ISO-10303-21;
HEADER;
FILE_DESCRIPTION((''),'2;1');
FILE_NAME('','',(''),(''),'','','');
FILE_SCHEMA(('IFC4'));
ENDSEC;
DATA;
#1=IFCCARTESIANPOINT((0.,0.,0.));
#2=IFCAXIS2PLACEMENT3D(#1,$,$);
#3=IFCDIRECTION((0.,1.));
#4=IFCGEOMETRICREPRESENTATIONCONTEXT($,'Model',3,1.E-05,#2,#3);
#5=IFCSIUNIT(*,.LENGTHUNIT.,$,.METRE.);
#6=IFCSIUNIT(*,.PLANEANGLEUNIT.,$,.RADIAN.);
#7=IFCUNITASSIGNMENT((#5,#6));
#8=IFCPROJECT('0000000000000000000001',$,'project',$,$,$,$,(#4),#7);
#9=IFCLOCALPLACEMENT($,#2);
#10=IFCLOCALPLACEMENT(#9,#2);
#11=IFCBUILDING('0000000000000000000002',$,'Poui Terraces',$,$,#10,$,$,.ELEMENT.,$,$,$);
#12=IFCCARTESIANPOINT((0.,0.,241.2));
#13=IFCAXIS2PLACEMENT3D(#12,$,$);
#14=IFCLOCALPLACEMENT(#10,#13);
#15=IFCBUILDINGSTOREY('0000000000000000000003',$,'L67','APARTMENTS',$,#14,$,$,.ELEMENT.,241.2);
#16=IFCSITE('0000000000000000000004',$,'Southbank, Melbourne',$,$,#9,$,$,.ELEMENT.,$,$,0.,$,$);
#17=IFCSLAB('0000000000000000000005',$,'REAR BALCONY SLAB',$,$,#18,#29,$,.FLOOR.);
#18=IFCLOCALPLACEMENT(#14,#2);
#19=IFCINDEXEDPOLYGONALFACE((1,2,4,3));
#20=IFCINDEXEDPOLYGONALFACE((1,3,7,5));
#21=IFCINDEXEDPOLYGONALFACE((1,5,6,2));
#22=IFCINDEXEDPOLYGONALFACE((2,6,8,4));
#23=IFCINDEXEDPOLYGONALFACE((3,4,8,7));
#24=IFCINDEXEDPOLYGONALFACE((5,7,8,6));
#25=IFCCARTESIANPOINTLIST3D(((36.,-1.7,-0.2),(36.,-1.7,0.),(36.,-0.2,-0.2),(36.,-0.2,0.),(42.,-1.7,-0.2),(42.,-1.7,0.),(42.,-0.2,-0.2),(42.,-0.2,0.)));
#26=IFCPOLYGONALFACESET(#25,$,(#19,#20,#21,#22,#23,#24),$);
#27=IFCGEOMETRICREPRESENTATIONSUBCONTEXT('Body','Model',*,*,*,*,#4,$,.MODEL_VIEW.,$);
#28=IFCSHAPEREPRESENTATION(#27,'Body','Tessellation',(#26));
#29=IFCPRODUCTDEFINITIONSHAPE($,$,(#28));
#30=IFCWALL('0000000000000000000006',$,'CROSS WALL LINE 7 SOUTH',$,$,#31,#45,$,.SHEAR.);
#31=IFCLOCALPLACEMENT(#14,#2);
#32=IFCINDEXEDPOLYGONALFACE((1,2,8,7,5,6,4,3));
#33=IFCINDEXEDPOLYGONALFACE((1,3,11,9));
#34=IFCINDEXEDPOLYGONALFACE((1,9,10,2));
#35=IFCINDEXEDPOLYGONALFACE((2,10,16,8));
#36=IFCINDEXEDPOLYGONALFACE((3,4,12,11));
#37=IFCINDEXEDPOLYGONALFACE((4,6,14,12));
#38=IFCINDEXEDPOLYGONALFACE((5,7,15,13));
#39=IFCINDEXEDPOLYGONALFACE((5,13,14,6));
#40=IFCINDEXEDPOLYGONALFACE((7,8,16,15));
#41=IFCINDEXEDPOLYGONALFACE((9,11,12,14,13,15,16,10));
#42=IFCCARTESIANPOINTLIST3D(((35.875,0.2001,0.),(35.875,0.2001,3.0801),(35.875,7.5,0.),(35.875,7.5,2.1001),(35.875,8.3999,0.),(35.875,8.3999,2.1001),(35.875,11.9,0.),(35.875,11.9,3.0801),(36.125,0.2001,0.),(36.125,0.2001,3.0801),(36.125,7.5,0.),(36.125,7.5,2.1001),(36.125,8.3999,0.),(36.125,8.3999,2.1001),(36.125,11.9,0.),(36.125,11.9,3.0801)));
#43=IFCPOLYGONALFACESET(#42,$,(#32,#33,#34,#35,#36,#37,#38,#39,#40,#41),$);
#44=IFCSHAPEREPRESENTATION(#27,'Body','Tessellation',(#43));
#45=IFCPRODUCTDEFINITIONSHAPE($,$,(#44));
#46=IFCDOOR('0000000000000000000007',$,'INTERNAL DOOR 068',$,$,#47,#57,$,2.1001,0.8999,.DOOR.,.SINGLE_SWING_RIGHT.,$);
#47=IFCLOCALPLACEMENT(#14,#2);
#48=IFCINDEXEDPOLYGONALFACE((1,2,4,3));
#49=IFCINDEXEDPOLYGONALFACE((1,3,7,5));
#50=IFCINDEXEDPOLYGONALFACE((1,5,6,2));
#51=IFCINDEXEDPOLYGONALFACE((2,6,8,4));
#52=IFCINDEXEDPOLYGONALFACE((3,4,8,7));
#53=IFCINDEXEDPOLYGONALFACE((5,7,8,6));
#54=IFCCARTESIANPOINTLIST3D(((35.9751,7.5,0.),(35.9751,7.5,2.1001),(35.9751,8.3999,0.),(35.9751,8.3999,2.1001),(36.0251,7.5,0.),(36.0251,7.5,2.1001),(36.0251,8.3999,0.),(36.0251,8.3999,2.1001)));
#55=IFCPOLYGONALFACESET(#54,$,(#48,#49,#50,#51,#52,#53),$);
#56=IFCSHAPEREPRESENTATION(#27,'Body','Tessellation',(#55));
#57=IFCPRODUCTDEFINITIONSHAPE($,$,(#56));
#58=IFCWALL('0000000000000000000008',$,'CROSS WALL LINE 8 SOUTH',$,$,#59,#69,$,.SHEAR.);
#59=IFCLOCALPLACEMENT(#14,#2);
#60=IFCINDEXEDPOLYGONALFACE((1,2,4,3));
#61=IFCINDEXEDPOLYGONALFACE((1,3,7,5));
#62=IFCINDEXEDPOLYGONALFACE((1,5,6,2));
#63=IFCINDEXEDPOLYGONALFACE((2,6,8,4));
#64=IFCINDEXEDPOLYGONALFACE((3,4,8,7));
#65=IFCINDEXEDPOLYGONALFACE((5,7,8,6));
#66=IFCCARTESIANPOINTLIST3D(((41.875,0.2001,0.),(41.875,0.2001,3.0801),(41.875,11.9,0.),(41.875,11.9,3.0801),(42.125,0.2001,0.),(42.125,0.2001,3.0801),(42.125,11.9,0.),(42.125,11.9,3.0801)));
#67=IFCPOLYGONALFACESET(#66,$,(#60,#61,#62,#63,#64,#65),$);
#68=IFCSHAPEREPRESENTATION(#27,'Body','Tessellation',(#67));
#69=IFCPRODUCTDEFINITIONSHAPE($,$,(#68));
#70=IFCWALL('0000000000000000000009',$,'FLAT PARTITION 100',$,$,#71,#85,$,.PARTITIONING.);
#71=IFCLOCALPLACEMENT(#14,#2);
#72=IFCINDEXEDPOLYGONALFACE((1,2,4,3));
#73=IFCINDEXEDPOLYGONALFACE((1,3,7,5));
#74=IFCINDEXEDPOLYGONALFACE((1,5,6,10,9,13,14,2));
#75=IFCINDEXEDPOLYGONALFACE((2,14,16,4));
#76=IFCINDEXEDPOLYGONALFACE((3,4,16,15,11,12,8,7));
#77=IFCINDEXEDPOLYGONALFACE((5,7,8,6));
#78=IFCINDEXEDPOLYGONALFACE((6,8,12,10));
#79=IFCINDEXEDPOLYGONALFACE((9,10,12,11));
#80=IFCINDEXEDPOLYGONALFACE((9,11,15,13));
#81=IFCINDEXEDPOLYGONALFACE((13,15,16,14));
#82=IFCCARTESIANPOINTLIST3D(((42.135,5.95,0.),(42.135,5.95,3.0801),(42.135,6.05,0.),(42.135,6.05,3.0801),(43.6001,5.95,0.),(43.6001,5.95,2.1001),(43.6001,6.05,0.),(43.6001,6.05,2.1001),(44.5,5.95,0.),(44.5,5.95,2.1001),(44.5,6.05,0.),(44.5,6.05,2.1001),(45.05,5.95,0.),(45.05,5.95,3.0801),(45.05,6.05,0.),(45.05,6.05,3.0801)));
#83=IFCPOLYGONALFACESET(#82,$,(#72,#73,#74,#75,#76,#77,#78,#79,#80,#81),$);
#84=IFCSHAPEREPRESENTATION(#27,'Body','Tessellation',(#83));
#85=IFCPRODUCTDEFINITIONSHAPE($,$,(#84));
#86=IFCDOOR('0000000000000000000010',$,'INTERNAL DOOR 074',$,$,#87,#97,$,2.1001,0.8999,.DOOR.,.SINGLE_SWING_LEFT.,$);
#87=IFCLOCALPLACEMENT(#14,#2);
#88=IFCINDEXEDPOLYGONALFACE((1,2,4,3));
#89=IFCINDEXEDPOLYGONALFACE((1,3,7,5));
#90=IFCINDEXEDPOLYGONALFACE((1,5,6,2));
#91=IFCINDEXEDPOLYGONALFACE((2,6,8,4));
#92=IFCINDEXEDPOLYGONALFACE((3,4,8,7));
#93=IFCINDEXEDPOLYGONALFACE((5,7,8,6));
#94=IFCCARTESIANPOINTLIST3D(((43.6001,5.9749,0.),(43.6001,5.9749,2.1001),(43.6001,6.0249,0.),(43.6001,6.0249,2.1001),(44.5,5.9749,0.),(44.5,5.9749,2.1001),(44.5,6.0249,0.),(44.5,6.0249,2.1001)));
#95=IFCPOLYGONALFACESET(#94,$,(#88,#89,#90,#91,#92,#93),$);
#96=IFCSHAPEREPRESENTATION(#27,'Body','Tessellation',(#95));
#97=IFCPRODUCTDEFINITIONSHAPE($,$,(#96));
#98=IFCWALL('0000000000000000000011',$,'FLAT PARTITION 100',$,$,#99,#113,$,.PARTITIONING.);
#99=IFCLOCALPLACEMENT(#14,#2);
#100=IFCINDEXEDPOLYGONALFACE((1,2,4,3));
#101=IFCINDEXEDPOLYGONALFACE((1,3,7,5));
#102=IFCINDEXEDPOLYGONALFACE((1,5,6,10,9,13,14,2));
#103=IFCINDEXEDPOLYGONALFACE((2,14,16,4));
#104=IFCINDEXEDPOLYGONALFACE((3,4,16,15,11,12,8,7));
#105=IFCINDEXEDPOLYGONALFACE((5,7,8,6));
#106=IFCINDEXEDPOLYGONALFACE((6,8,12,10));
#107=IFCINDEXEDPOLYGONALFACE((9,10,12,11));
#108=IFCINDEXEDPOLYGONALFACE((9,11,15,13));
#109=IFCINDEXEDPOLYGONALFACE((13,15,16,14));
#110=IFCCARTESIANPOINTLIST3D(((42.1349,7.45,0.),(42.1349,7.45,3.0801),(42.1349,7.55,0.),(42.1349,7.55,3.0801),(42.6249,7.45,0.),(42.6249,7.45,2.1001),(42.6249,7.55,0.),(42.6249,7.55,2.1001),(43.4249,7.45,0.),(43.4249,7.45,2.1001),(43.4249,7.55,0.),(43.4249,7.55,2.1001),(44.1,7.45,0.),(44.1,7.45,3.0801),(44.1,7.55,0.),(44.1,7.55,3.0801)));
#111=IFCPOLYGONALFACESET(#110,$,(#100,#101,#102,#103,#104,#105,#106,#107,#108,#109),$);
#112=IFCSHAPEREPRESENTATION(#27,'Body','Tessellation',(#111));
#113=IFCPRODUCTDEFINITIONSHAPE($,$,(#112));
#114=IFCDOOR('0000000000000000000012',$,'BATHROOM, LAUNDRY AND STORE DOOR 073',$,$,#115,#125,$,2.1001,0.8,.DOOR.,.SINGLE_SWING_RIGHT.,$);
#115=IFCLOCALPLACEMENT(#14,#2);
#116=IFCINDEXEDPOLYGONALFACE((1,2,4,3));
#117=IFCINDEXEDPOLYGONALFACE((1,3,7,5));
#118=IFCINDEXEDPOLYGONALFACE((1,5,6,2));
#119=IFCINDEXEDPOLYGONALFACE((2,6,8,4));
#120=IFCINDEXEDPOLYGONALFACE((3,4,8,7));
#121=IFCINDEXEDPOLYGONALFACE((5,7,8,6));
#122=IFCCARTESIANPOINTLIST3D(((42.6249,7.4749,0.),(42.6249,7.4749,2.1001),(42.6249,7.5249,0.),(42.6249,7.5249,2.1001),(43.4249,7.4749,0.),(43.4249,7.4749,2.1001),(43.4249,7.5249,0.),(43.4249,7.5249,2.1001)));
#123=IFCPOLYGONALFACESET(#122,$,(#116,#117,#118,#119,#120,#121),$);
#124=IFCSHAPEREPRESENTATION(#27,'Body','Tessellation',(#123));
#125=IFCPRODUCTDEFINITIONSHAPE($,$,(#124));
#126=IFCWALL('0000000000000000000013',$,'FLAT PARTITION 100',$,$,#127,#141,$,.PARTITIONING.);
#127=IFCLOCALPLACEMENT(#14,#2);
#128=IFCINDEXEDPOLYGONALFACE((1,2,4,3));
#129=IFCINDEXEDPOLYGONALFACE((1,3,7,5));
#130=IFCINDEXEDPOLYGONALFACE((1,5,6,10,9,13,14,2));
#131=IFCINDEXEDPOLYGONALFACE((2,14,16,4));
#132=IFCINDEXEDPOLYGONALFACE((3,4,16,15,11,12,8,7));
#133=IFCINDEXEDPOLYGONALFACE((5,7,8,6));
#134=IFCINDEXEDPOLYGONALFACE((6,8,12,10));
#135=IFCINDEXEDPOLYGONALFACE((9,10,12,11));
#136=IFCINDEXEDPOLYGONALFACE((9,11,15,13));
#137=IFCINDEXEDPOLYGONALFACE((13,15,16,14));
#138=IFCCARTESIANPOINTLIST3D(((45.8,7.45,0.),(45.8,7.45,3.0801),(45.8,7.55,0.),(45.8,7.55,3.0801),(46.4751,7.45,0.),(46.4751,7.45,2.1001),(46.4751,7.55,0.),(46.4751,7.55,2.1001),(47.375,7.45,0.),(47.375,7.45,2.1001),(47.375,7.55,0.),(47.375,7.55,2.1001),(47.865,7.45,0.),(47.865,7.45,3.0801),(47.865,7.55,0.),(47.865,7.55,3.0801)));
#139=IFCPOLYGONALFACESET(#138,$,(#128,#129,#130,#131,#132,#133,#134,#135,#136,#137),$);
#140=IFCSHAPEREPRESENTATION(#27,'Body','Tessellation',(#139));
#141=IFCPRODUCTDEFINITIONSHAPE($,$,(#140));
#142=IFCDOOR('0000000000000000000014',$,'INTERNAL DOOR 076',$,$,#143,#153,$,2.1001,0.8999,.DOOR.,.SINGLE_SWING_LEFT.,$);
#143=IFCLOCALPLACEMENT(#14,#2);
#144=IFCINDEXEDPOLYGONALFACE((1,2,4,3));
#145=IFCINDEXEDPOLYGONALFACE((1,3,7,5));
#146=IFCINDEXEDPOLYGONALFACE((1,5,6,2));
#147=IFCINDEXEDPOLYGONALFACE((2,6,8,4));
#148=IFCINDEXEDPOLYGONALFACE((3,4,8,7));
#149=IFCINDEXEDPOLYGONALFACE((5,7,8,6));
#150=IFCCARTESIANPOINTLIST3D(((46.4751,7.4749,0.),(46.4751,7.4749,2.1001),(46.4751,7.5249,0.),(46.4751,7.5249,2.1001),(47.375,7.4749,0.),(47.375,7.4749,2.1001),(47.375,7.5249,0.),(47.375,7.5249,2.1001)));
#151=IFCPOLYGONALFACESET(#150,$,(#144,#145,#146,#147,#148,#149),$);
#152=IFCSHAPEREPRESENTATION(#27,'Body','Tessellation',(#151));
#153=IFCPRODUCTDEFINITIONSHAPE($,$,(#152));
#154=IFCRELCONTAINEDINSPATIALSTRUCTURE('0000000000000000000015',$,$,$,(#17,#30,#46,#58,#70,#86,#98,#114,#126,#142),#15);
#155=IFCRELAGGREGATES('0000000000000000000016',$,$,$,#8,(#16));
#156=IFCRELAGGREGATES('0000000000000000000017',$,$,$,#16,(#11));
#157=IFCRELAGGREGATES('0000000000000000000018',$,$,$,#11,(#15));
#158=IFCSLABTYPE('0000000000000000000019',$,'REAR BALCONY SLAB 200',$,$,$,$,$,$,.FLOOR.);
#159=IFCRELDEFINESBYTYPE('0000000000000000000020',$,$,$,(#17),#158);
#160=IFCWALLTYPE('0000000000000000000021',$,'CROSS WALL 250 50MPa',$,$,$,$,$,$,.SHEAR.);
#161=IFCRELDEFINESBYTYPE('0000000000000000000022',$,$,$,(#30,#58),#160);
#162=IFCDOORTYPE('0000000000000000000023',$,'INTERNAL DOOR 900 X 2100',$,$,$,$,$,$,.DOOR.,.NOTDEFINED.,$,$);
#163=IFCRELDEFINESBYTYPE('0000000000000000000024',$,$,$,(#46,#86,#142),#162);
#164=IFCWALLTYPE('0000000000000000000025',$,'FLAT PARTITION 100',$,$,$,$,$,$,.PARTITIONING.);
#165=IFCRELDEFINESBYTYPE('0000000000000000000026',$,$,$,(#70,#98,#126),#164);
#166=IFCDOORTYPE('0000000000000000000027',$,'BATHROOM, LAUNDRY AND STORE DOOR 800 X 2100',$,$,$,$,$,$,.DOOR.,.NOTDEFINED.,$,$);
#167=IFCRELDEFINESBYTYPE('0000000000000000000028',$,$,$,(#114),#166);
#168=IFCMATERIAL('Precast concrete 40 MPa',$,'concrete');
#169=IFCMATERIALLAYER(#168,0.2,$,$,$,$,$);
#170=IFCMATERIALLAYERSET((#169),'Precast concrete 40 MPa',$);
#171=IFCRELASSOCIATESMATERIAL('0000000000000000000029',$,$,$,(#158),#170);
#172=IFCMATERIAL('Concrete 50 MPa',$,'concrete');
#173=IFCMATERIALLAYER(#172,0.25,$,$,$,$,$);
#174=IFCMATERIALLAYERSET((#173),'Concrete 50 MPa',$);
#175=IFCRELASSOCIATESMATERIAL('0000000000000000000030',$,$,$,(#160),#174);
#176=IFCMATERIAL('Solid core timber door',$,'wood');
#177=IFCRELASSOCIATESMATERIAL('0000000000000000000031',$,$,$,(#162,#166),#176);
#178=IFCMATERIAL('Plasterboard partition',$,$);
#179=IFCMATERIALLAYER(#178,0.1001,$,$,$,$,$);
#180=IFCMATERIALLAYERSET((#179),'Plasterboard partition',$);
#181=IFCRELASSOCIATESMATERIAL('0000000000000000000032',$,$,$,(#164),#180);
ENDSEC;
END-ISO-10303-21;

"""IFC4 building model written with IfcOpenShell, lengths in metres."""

from ifc_helpers import new_model, si_unit, direction, frame, frame_2d, origin, place, context, subcontext, project, spatial, polyline, rectangle, outline, extrude, source, transform, mapped, material, layer, layer_set, type_object, element, fill, save


model = new_model("IFC4")

# Units and contexts
model_context = context("Model", 3, precision=1e-05, world=origin(), true_north=direction((0.0, 1.0)))
body_context = subcontext(model_context, "Body", "Model", "MODEL_VIEW")
ifc_project = project(units=[si_unit("LENGTHUNIT", "METRE"), si_unit("PLANEANGLEUNIT", "RADIAN")], contexts=[model_context])

# Site, building, storey
site_placement = place(None, origin())
site = spatial("IfcSite", under=ifc_project, at=site_placement, Name="Southbank, Melbourne", CompositionType="ELEMENT", RefElevation=0.0)
building_placement = place(site_placement, origin())
building = spatial("IfcBuilding", under=site, at=building_placement, Name="Poui Terraces", CompositionType="ELEMENT")
storey_placement = place(building_placement, frame((0.0, 0.0, 241.2)))
storey = spatial("IfcBuildingStorey", under=building, at=storey_placement, Name="L67", Description="APARTMENTS", CompositionType="ELEMENT", Elevation=241.2)

# Slab
ifc_material_1 = material(Name="Precast concrete 40 MPa", Category="concrete")
ifc_layer_1 = layer(ifc_material_1, 0.2)
ifc_layer_set_1 = layer_set([ifc_layer_1], Name="Precast concrete 40 MPa")
slab_type = type_object("IfcSlabType", Name="REAR BALCONY SLAB 200", PredefinedType="FLOOR", material=ifc_layer_set_1)
shared_shape_1 = source(origin(), body_context, "Body", "SweptSolid", [
    extrude(outline(polyline([(0.0, 0.0), (6.0, 0.0), (6.0, 1.5), (0.0, 1.5), (0.0, 0.0)])), origin(), (0.0, 0.0, 1.0), 0.2),
])
slab_placement = place(storey_placement, frame((36.0, -1.7, -0.2)))
element("IfcSlab", 1, at=slab_placement, inside=storey, type_object=slab_type, Name="REAR BALCONY SLAB", PredefinedType="FLOOR", context=body_context, shape_type="MappedRepresentation", body=[
    mapped(shared_shape_1, transform((0.0, 0.0, 0.0))),
])

# Wall, opening, door
ifc_material_2 = material(Name="Concrete 50 MPa", Category="concrete")
ifc_layer_2 = layer(ifc_material_2, 0.25)
ifc_layer_set_2 = layer_set([ifc_layer_2], Name="Concrete 50 MPa")
wall_type_1 = type_object("IfcWallType", Name="CROSS WALL 250 50MPa", PredefinedType="SHEAR", material=ifc_layer_set_2)
wall_1_placement = place(storey_placement, frame((36.0, 0.2, 0.0), z_axis=(0.0, 0.0, 1.0), x_axis=(0.0, 1.0, 0.0)))
wall_1 = element("IfcWall", 2, at=wall_1_placement, inside=storey, type_object=wall_type_1, Name="CROSS WALL LINE 7 SOUTH", PredefinedType="SHEAR", context=body_context, shape_type="SweptSolid", body=[
    extrude(rectangle(XDim=11.7, YDim=0.25, at=frame_2d((5.8501, 0.0))), origin(), (0.0, 0.0, 1.0), 3.0801),
])
opening_1_placement = place(wall_1_placement, frame((7.3, 0.0, 0.0)))
opening_1 = element("IfcOpeningElement", 3, at=opening_1_placement, cuts=wall_1, PredefinedType="OPENING", context=body_context, shape_type="SweptSolid", body=[
    extrude(rectangle(XDim=0.8999, YDim=2.1001, at=frame_2d((0.45, 1.05))), frame((0.0, 0.135, 0.0), z_axis=(0.0, -1.0, 0.0), x_axis=(1.0, 0.0, 0.0)), (0.0, 0.0, 1.0), 0.27),
])
ifc_material_3 = material(Name="Solid core timber door", Category="wood")
door_type_1 = type_object("IfcDoorType", Name="INTERNAL DOOR 900 X 2100", OperationType="NOTDEFINED", PredefinedType="DOOR", material=ifc_material_3)
door_1_placement = place(opening_1_placement, origin())
door_1 = element("IfcDoor", 4, at=door_1_placement, inside=storey, type_object=door_type_1, Name="INTERNAL DOOR 068", OperationType="SINGLE_SWING_RIGHT", OverallHeight=2.1001, OverallWidth=0.8999, PredefinedType="DOOR", context=body_context, shape_type="SweptSolid", body=[
    extrude(rectangle(XDim=0.8999, YDim=2.1001, at=frame_2d((0.45, 1.05))), frame((0.0, 0.0249, 0.0), z_axis=(0.0, -1.0, 0.0), x_axis=(1.0, 0.0, 0.0)), (0.0, 0.0, 1.0), 0.05),
])
fill(opening_1, door_1)

# Wall
wall_2_placement = place(storey_placement, frame((42.0, 0.2, 0.0), z_axis=(0.0, 0.0, 1.0), x_axis=(0.0, 1.0, 0.0)))
element("IfcWall", 5, at=wall_2_placement, inside=storey, type_object=wall_type_1, Name="CROSS WALL LINE 8 SOUTH", PredefinedType="SHEAR", context=body_context, shape_type="SweptSolid", body=[
    extrude(rectangle(XDim=11.7, YDim=0.25, at=frame_2d((5.8501, 0.0))), origin(), (0.0, 0.0, 1.0), 3.0801),
])

# Walls, openings, doors
ifc_material_4 = material(Name="Plasterboard partition")
ifc_layer_3 = layer(ifc_material_4, 0.1001)
ifc_layer_set_3 = layer_set([ifc_layer_3], Name="Plasterboard partition")
wall_type_2 = type_object("IfcWallType", Name="FLAT PARTITION 100", PredefinedType="PARTITIONING", material=ifc_layer_set_3)
wall_3_placement = place(storey_placement, frame((42.135, 6.0, 0.0), z_axis=(0.0, 0.0, 1.0), x_axis=(1.0, 0.0, 0.0)))
wall_3 = element("IfcWall", 6, at=wall_3_placement, inside=storey, type_object=wall_type_2, Name="FLAT PARTITION 100", PredefinedType="PARTITIONING", context=body_context, shape_type="SweptSolid", body=[
    extrude(rectangle(XDim=2.915, YDim=0.1001, at=frame_2d((1.4575, 0.0))), origin(), (0.0, 0.0, 1.0), 3.0801),
])
opening_2_placement = place(wall_3_placement, frame((1.4651, 0.0, 0.0)))
opening_2 = element("IfcOpeningElement", 7, at=opening_2_placement, cuts=wall_3, PredefinedType="OPENING", context=body_context, shape_type="SweptSolid", body=[
    extrude(rectangle(XDim=0.8999, YDim=2.1001, at=frame_2d((0.45, 1.05))), frame((0.0, 0.0601, 0.0), z_axis=(0.0, -1.0, 0.0), x_axis=(1.0, 0.0, 0.0)), (0.0, 0.0, 1.0), 0.1201),
])
door_2_placement = place(opening_2_placement, origin())
door_2 = element("IfcDoor", 8, at=door_2_placement, inside=storey, type_object=door_type_1, Name="INTERNAL DOOR 074", OperationType="SINGLE_SWING_LEFT", OverallHeight=2.1001, OverallWidth=0.8999, PredefinedType="DOOR", context=body_context, shape_type="SweptSolid", body=[
    extrude(rectangle(XDim=0.8999, YDim=2.1001, at=frame_2d((0.45, 1.05))), frame((0.0, 0.0249, 0.0), z_axis=(0.0, -1.0, 0.0), x_axis=(1.0, 0.0, 0.0)), (0.0, 0.0, 1.0), 0.05),
])
fill(opening_2, door_2)
wall_4_placement = place(storey_placement, frame((42.135, 7.5, 0.0), z_axis=(0.0, 0.0, 1.0), x_axis=(1.0, 0.0, 0.0)))
wall_4 = element("IfcWall", 9, at=wall_4_placement, inside=storey, type_object=wall_type_2, Name="FLAT PARTITION 100", PredefinedType="PARTITIONING", context=body_context, shape_type="SweptSolid", body=[
    extrude(rectangle(XDim=1.9651, YDim=0.1001, at=frame_2d((0.9824, 0.0))), origin(), (0.0, 0.0, 1.0), 3.0801),
])
opening_3_placement = place(wall_4_placement, frame((0.49, 0.0, 0.0)))
opening_3 = element("IfcOpeningElement", 10, at=opening_3_placement, cuts=wall_4, PredefinedType="OPENING", context=body_context, shape_type="SweptSolid", body=[
    extrude(rectangle(XDim=0.8, YDim=2.1001, at=frame_2d((0.3999, 1.05))), frame((0.0, 0.0601, 0.0), z_axis=(0.0, -1.0, 0.0), x_axis=(1.0, 0.0, 0.0)), (0.0, 0.0, 1.0), 0.1201),
])
door_type_2 = type_object("IfcDoorType", Name="BATHROOM, LAUNDRY AND STORE DOOR 800 X 2100", OperationType="NOTDEFINED", PredefinedType="DOOR", material=ifc_material_3)
door_3_placement = place(opening_3_placement, origin())
door_3 = element("IfcDoor", 11, at=door_3_placement, inside=storey, type_object=door_type_2, Name="BATHROOM, LAUNDRY AND STORE DOOR 073", OperationType="SINGLE_SWING_RIGHT", OverallHeight=2.1001, OverallWidth=0.8, PredefinedType="DOOR", context=body_context, shape_type="SweptSolid", body=[
    extrude(rectangle(XDim=0.8, YDim=2.1001, at=frame_2d((0.3999, 1.05))), frame((0.0, 0.0249, 0.0), z_axis=(0.0, -1.0, 0.0), x_axis=(1.0, 0.0, 0.0)), (0.0, 0.0, 1.0), 0.05),
])
fill(opening_3, door_3)
wall_5_placement = place(storey_placement, frame((45.8, 7.5, 0.0), z_axis=(0.0, 0.0, 1.0), x_axis=(1.0, 0.0, 0.0)))
wall_5 = element("IfcWall", 12, at=wall_5_placement, inside=storey, type_object=wall_type_2, Name="FLAT PARTITION 100", PredefinedType="PARTITIONING", context=body_context, shape_type="SweptSolid", body=[
    extrude(rectangle(XDim=2.0649, YDim=0.1001, at=frame_2d((1.0325, 0.0))), origin(), (0.0, 0.0, 1.0), 3.0801),
])
opening_4_placement = place(wall_5_placement, frame((0.675, 0.0, 0.0)))
opening_4 = element("IfcOpeningElement", 13, at=opening_4_placement, cuts=wall_5, PredefinedType="OPENING", context=body_context, shape_type="SweptSolid", body=[
    extrude(rectangle(XDim=0.8999, YDim=2.1001, at=frame_2d((0.45, 1.05))), frame((0.0, 0.0601, 0.0), z_axis=(0.0, -1.0, 0.0), x_axis=(1.0, 0.0, 0.0)), (0.0, 0.0, 1.0), 0.1201),
])
door_4_placement = place(opening_4_placement, origin())
door_4 = element("IfcDoor", 14, at=door_4_placement, inside=storey, type_object=door_type_1, Name="INTERNAL DOOR 076", OperationType="SINGLE_SWING_LEFT", OverallHeight=2.1001, OverallWidth=0.8999, PredefinedType="DOOR", context=body_context, shape_type="SweptSolid", body=[
    extrude(rectangle(XDim=0.8999, YDim=2.1001, at=frame_2d((0.45, 1.05))), frame((0.0, 0.0249, 0.0), z_axis=(0.0, -1.0, 0.0), x_axis=(1.0, 0.0, 0.0)), (0.0, 0.0, 1.0), 0.05),
])
fill(opening_4, door_4)

save(model, "model.ifc")
